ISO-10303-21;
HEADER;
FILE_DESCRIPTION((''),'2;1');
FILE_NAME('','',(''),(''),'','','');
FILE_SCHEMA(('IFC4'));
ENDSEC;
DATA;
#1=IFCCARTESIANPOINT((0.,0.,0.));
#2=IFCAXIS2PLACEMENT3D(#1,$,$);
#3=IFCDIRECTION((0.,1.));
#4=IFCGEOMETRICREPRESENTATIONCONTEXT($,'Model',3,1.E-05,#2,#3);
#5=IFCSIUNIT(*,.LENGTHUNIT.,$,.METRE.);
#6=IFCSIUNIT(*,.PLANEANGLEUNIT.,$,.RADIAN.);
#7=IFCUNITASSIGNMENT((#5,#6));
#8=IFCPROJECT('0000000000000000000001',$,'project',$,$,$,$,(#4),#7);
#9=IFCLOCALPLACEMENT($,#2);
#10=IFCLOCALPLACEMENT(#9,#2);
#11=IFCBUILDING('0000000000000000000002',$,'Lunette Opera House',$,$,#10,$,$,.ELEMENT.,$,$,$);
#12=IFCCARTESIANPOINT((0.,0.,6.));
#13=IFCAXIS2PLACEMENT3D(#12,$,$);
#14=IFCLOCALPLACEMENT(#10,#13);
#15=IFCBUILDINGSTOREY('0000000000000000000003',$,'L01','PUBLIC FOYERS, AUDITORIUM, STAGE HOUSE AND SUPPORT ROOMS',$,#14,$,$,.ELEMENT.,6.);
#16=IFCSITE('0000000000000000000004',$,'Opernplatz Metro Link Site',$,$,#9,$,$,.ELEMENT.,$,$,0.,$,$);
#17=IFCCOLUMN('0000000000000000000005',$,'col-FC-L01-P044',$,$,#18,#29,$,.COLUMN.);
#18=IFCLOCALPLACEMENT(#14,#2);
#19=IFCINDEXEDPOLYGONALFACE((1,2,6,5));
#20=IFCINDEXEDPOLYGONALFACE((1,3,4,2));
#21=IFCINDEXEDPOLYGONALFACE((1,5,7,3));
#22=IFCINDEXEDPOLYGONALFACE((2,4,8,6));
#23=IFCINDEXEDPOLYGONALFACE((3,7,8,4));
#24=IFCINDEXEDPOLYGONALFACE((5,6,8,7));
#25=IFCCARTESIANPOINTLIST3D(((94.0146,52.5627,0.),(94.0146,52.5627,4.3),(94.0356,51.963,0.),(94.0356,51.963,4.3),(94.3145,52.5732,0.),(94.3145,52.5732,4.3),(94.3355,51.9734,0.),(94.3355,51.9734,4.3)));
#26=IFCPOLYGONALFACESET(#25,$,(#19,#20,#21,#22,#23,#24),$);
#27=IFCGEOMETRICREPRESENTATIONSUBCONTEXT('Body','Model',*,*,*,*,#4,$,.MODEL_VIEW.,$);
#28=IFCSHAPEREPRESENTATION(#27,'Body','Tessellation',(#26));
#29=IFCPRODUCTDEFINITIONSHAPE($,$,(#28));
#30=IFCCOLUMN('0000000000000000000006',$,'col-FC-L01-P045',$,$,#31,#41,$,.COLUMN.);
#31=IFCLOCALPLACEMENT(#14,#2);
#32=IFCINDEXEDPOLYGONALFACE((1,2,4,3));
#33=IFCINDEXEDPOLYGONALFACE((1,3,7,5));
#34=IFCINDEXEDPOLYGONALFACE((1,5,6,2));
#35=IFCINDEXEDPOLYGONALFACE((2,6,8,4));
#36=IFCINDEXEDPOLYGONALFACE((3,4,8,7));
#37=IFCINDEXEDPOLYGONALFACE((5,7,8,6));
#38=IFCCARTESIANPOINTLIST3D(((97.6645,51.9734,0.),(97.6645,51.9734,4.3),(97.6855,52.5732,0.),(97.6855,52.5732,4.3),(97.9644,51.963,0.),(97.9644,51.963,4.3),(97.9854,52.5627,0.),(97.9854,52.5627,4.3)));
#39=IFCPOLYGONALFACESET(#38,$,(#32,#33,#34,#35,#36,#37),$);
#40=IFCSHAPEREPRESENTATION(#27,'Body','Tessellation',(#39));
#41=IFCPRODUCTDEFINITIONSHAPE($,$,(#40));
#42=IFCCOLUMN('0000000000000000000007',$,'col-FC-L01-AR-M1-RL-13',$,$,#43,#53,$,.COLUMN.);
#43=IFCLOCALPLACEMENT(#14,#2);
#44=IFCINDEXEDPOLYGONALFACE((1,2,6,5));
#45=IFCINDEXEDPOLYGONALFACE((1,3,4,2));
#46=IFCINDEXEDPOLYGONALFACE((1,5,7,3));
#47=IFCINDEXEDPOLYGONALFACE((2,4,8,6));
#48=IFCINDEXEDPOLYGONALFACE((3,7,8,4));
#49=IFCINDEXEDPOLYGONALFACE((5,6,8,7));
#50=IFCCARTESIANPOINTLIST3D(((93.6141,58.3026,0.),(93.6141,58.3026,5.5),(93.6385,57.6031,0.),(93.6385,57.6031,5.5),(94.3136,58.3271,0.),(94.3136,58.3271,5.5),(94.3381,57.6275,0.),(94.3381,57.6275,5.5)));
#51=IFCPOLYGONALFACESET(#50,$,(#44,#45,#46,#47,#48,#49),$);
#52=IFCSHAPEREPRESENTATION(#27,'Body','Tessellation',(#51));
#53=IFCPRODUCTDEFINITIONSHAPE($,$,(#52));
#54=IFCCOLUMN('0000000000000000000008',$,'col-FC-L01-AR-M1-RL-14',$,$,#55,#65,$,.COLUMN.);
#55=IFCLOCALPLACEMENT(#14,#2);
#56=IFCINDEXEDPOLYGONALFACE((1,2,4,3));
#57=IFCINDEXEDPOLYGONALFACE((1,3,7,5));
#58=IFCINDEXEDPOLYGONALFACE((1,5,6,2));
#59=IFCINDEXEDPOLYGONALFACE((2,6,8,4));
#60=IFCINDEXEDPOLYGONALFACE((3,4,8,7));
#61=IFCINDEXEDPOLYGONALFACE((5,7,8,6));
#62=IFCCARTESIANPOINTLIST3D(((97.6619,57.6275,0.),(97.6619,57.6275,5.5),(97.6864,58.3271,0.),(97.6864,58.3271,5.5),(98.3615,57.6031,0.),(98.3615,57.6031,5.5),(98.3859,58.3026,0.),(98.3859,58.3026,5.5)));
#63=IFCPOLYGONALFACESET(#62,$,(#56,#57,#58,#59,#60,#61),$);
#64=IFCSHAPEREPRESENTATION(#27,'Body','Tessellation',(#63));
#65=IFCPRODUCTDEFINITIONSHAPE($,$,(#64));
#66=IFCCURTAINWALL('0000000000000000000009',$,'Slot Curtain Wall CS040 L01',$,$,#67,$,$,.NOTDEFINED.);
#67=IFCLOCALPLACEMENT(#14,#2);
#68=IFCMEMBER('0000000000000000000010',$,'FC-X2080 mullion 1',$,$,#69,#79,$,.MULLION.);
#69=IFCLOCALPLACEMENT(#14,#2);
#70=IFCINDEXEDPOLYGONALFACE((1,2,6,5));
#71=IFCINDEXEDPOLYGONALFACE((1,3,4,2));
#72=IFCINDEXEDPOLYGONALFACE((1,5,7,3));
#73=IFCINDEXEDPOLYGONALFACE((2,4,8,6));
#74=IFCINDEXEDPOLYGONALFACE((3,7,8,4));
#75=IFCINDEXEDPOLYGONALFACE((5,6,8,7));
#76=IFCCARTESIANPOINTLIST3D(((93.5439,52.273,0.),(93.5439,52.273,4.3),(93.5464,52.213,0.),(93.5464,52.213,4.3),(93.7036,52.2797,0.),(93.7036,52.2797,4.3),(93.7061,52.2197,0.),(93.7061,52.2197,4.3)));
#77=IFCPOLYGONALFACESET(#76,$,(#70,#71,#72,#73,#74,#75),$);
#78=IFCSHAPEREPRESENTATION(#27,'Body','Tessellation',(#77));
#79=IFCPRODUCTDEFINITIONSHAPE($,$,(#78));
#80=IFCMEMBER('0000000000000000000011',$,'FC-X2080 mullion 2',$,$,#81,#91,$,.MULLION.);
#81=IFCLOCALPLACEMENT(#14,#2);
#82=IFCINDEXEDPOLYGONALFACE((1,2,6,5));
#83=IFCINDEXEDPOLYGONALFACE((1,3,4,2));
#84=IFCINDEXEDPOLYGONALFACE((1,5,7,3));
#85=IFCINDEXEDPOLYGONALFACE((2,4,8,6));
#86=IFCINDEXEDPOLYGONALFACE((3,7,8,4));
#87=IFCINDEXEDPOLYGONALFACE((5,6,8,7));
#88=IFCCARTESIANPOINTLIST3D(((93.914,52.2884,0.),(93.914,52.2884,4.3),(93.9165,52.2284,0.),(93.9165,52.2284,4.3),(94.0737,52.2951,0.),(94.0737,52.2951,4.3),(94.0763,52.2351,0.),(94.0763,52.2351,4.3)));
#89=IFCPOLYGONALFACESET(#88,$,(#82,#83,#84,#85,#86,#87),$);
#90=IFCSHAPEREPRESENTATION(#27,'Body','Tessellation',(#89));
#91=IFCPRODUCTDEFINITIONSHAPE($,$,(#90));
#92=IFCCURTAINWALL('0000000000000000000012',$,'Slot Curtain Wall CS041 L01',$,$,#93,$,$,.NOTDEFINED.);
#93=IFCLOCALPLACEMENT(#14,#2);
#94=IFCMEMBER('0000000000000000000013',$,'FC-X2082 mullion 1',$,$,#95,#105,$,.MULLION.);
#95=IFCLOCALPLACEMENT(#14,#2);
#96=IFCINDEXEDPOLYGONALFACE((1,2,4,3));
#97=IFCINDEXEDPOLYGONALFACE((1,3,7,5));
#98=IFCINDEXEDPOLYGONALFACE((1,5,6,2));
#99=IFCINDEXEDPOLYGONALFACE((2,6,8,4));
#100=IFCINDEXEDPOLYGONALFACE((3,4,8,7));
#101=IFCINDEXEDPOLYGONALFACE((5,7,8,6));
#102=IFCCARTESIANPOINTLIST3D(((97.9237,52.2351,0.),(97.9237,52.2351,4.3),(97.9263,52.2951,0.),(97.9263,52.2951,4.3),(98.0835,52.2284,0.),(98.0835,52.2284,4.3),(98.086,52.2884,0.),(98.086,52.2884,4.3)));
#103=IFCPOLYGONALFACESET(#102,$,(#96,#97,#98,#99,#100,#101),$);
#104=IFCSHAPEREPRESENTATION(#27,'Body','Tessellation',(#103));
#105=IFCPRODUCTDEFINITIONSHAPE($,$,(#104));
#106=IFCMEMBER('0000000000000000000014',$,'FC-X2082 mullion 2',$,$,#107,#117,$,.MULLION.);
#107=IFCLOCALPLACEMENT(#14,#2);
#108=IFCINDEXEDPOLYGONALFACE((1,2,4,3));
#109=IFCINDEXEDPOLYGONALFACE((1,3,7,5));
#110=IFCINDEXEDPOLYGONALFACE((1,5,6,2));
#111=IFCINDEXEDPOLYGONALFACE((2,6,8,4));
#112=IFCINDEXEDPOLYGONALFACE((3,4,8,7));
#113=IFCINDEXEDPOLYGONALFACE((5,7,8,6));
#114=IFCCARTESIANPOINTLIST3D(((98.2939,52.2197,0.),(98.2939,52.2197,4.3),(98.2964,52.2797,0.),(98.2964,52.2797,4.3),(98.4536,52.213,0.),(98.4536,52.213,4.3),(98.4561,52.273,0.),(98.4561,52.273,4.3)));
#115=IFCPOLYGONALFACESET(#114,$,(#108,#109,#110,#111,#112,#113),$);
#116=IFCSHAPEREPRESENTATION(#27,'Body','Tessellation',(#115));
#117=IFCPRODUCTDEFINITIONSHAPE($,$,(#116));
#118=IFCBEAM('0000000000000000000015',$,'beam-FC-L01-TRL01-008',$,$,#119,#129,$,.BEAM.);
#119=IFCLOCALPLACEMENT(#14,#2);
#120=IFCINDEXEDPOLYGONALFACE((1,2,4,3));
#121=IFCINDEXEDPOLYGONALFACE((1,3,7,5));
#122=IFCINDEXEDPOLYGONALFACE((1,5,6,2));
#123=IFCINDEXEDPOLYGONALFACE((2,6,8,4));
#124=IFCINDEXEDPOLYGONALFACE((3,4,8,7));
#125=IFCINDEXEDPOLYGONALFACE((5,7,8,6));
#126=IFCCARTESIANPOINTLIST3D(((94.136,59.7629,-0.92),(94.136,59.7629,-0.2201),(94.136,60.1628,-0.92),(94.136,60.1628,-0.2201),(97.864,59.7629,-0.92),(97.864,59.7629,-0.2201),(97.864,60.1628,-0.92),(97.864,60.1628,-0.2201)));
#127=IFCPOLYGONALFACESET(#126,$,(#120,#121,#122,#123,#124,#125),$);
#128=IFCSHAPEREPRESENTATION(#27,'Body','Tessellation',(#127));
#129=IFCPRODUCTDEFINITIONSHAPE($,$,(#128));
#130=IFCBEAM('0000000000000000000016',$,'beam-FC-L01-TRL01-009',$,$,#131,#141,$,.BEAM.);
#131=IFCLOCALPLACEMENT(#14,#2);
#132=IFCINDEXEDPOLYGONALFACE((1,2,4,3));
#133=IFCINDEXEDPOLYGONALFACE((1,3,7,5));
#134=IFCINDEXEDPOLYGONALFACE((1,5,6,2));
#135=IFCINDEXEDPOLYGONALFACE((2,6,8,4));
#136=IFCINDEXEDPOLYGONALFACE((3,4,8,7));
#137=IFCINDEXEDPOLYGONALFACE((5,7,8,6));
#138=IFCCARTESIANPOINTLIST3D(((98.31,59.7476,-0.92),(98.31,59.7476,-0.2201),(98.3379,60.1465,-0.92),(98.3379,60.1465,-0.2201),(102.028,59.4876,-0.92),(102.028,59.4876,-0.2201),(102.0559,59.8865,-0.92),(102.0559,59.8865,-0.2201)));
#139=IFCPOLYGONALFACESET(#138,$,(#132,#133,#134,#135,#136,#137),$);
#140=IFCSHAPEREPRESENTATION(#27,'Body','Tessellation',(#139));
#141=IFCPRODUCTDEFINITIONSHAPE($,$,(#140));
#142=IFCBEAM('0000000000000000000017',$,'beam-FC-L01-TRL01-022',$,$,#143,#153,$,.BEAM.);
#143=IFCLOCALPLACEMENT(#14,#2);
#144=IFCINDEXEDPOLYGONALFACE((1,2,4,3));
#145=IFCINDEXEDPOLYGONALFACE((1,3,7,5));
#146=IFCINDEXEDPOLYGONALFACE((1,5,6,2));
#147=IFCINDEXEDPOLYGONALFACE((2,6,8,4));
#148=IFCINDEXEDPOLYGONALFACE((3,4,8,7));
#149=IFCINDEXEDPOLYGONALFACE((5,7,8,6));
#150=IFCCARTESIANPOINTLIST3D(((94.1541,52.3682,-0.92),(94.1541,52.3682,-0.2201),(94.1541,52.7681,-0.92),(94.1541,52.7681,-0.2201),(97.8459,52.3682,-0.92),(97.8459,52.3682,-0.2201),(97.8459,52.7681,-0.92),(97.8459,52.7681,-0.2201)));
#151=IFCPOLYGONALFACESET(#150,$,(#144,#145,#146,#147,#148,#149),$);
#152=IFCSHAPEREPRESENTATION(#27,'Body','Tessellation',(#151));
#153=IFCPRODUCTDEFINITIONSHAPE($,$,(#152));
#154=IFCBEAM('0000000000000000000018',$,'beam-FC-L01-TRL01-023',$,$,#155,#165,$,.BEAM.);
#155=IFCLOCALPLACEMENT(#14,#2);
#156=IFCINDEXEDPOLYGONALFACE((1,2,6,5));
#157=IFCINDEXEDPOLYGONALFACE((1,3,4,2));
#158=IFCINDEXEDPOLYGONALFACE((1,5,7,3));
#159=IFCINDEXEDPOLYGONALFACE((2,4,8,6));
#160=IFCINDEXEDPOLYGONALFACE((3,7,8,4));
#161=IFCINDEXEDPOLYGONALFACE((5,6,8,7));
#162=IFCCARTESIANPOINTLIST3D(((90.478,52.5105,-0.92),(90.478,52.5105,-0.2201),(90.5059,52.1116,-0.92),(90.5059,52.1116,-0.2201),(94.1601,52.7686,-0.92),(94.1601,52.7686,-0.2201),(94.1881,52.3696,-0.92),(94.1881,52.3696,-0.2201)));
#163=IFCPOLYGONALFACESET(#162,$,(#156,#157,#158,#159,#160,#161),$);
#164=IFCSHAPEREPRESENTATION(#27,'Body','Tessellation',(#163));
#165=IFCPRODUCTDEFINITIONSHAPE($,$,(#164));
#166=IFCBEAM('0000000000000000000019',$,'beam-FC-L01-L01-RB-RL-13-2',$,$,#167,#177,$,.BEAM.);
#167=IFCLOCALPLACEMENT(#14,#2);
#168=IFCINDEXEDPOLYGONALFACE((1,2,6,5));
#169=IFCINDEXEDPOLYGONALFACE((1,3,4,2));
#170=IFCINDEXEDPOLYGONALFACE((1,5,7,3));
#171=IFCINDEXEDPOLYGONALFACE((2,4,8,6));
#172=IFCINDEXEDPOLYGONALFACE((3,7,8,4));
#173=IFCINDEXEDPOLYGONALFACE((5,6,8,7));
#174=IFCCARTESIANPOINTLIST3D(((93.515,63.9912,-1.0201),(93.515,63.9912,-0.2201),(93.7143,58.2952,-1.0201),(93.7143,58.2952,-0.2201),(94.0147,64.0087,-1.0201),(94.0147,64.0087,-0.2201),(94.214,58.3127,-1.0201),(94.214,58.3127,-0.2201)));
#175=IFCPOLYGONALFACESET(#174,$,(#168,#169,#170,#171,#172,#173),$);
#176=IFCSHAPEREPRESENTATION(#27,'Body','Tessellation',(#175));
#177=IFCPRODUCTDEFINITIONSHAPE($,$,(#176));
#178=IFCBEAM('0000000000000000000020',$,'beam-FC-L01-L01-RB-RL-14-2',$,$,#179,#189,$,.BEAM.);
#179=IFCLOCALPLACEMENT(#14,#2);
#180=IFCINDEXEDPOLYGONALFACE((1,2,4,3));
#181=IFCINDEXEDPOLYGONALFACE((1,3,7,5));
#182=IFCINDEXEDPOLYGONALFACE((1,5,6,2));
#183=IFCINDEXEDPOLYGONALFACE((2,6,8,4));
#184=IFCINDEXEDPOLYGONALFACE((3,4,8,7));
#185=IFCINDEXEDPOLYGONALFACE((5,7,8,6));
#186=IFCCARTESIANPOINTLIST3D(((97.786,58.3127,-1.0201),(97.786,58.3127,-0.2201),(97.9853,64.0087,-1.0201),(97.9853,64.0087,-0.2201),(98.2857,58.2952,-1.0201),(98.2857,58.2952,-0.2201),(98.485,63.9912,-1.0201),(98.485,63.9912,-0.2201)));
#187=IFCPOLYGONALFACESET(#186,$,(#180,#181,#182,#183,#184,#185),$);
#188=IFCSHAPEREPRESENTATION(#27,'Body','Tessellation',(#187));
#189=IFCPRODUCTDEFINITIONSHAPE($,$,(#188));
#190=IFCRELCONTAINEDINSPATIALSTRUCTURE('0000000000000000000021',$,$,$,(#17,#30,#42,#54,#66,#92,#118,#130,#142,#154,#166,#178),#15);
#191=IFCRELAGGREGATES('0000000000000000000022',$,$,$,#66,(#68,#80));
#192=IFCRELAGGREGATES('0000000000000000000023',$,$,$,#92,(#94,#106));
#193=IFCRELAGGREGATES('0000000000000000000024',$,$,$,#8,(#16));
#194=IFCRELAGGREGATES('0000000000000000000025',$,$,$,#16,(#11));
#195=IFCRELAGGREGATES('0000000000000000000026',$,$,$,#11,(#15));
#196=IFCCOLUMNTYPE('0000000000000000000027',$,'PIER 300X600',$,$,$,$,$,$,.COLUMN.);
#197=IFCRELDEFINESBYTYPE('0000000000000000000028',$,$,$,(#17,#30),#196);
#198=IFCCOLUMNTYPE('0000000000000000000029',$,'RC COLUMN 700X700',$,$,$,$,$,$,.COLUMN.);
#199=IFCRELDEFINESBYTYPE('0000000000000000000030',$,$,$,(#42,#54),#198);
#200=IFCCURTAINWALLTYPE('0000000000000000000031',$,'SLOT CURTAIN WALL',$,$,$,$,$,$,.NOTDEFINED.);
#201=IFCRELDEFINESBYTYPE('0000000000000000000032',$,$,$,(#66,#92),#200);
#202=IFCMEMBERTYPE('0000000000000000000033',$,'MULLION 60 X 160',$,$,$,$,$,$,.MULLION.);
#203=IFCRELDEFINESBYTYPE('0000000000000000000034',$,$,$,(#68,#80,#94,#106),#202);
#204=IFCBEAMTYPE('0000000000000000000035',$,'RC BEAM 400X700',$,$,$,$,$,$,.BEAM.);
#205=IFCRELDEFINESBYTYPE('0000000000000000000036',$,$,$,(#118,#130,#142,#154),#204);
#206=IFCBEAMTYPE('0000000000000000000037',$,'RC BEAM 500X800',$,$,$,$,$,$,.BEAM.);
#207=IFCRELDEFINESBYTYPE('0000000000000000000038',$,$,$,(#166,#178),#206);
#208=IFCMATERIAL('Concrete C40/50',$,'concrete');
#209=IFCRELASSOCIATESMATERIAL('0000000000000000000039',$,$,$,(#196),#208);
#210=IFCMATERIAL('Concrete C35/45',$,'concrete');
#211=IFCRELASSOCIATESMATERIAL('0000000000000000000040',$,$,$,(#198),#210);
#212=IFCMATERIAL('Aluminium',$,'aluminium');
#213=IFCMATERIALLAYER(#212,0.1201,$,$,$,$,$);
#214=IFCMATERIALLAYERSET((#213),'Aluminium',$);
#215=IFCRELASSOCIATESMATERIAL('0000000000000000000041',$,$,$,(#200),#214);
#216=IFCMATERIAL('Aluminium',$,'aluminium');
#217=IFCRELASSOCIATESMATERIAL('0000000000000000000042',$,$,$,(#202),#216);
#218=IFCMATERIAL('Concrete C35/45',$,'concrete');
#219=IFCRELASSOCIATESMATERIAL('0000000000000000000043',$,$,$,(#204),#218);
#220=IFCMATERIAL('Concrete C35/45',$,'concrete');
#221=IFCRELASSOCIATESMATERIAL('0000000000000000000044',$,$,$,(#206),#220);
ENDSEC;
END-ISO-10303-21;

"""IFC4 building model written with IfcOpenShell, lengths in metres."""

from ifc_helpers import new_model, si_unit, direction, frame, origin, origin_2d, place, context, subcontext, project, spatial, rectangle, extrude, material, layer, layer_set, material_profile, profile_set, type_object, element, aggregate, save


model = new_model("IFC4")

# Units and contexts
model_context = context("Model", 3, precision=1e-05, world=origin(), true_north=direction((0.0, 1.0)))
body_context = subcontext(model_context, "Body", "Model", "MODEL_VIEW")
ifc_project = project(units=[si_unit("LENGTHUNIT", "METRE"), si_unit("PLANEANGLEUNIT", "RADIAN")], contexts=[model_context])

# Site, building, storey
site_placement = place(None, origin())
site = spatial("IfcSite", under=ifc_project, at=site_placement, Name="Opernplatz Metro Link Site", CompositionType="ELEMENT", RefElevation=0.0)
building_placement = place(site_placement, origin())
building = spatial("IfcBuilding", under=site, at=building_placement, Name="Lunette Opera House", CompositionType="ELEMENT")
storey_placement = place(building_placement, frame((0.0, 0.0, 6.0)))
storey = spatial("IfcBuildingStorey", under=building, at=storey_placement, Name="L01", Description="PUBLIC FOYERS, AUDITORIUM, STAGE HOUSE AND SUPPORT ROOMS", CompositionType="ELEMENT", Elevation=6.0)

# Columns
ifc_material_1 = material(Name="Concrete C40/50", Category="concrete")
ifc_material_profile_1 = material_profile(ifc_material_1, rectangle(XDim=0.3, YDim=0.6001, at=origin_2d()), Name="PIER 300X600")
ifc_profile_set_1 = profile_set([ifc_material_profile_1], Name="Concrete C40/50")
column_type_1 = type_object("IfcColumnType", Name="PIER 300X600", PredefinedType="COLUMN", material=ifc_profile_set_1)
for number, where, z_axis, x_axis, name in (
    (1, (94.175, 52.2681, 0.0), (0.0, 0.0, 1.0), (0.999391, 0.034899, 0.0), "col-FC-L01-P044"),
    (2, (97.825, 52.2681, 0.0), (0.0, 0.0, 1.0), (0.999391, -0.034899, 0.0), "col-FC-L01-P045"),
):
    element("IfcColumn", number, at=place(storey_placement, frame(where, z_axis=z_axis, x_axis=x_axis)), inside=storey, type_object=column_type_1, Name=name, PredefinedType="COLUMN", context=body_context, shape_type="SweptSolid", body=[
        extrude(rectangle(XDim=0.3, YDim=0.6001, at=origin_2d()), origin(), (0.0, 0.0, 1.0), 4.3),
    ])
ifc_material_2 = material(Name="Concrete C35/45", Category="concrete")
ifc_material_profile_2 = material_profile(ifc_material_2, rectangle(XDim=0.7, YDim=0.7, at=origin_2d()), Name="RC COLUMN 700X700")
ifc_profile_set_2 = profile_set([ifc_material_profile_2], Name="Concrete C35/45")
column_type_2 = type_object("IfcColumnType", Name="RC COLUMN 700X700", PredefinedType="COLUMN", material=ifc_profile_set_2)
for number, where, z_axis, x_axis, name in (
    (3, (93.9761, 57.9651, 0.0), (0.0, 0.0, 1.0), (0.999391, 0.034899, 0.0), "col-FC-L01-AR-M1-RL-13"),
    (4, (98.0239, 57.9651, 0.0), (0.0, 0.0, 1.0), (0.999391, -0.034899, 0.0), "col-FC-L01-AR-M1-RL-14"),
):
    element("IfcColumn", number, at=place(storey_placement, frame(where, z_axis=z_axis, x_axis=x_axis)), inside=storey, type_object=column_type_2, Name=name, PredefinedType="COLUMN", context=body_context, shape_type="SweptSolid", body=[
        extrude(rectangle(XDim=0.7, YDim=0.7, at=origin_2d()), origin(), (0.0, 0.0, 1.0), 5.5),
    ])

# Curtain walls, members
ifc_material_3 = material(Name="Aluminium", Category="aluminium")
ifc_layer_1 = layer(ifc_material_3, 0.1201)
ifc_layer_set_1 = layer_set([ifc_layer_1], Name="Aluminium")
curtain_wall_type = type_object("IfcCurtainWallType", Name="SLOT CURTAIN WALL", PredefinedType="NOTDEFINED", material=ifc_layer_set_1)
curtain_wall_1_placement = place(storey_placement, origin())
curtain_wall_1 = element("IfcCurtainWall", 5, at=curtain_wall_1_placement, inside=storey, type_object=curtain_wall_type, Name="Slot Curtain Wall CS040 L01", PredefinedType="NOTDEFINED")
ifc_material_4 = material(Name="Aluminium", Category="aluminium")
ifc_material_profile_3 = material_profile(ifc_material_4, rectangle(XDim=0.0601, YDim=0.1599, at=origin_2d()), Name="MULLION 60 X 160")
ifc_profile_set_3 = profile_set([ifc_material_profile_3], Name="Aluminium")
member_type_1 = type_object("IfcMemberType", Name="MULLION 60 X 160", PredefinedType="MULLION", material=ifc_profile_set_3)
member_1_placement = place(storey_placement, frame((93.625, 52.2463, 0.0), z_axis=(0.0, 0.0, 1.0), x_axis=(-0.041824, 0.999125, 0.0)))
member_1 = element("IfcMember", 6, at=member_1_placement, type_object=member_type_1, Name="FC-X2080 mullion 1", PredefinedType="MULLION", context=body_context, shape_type="SweptSolid", body=[
    extrude(rectangle(XDim=0.0601, YDim=0.1599, at=origin_2d()), origin(), (0.0, 0.0, 1.0), 4.3),
])
member_2_placement = place(storey_placement, frame((93.9951, 52.2617, 0.0), z_axis=(0.0, 0.0, 1.0), x_axis=(-0.041824, 0.999125, 0.0)))
member_2 = element("IfcMember", 7, at=member_2_placement, type_object=member_type_1, Name="FC-X2080 mullion 2", PredefinedType="MULLION", context=body_context, shape_type="SweptSolid", body=[
    extrude(rectangle(XDim=0.0601, YDim=0.1599, at=origin_2d()), origin(), (0.0, 0.0, 1.0), 4.3),
])
curtain_wall_2_placement = place(storey_placement, origin())
curtain_wall_2 = element("IfcCurtainWall", 8, at=curtain_wall_2_placement, inside=storey, type_object=curtain_wall_type, Name="Slot Curtain Wall CS041 L01", PredefinedType="NOTDEFINED")
member_3_placement = place(storey_placement, frame((98.0049, 52.2617, 0.0), z_axis=(0.0, 0.0, 1.0), x_axis=(0.041824, 0.999125, 0.0)))
member_3 = element("IfcMember", 9, at=member_3_placement, type_object=member_type_1, Name="FC-X2082 mullion 1", PredefinedType="MULLION", context=body_context, shape_type="SweptSolid", body=[
    extrude(rectangle(XDim=0.0601, YDim=0.1599, at=origin_2d()), origin(), (0.0, 0.0, 1.0), 4.3),
])
member_4_placement = place(storey_placement, frame((98.375, 52.2463, 0.0), z_axis=(0.0, 0.0, 1.0), x_axis=(0.041824, 0.999125, 0.0)))
member_4 = element("IfcMember", 10, at=member_4_placement, type_object=member_type_1, Name="FC-X2082 mullion 2", PredefinedType="MULLION", context=body_context, shape_type="SweptSolid", body=[
    extrude(rectangle(XDim=0.0601, YDim=0.1599, at=origin_2d()), origin(), (0.0, 0.0, 1.0), 4.3),
])

# Beams
ifc_material_5 = material(Name="Concrete C35/45", Category="concrete")
ifc_material_profile_4 = material_profile(ifc_material_5, rectangle(XDim=0.3999, YDim=0.7, at=origin_2d()), Name="RC BEAM 400X700")
ifc_profile_set_4 = profile_set([ifc_material_profile_4], Name="Concrete C35/45")
beam_type_1 = type_object("IfcBeamType", Name="RC BEAM 400X700", PredefinedType="BEAM", material=ifc_profile_set_4)
beam_1_placement = place(storey_placement, frame((94.136, 59.9629, -0.5701), z_axis=(1.0, 0.0, 0.0), x_axis=(0.0, 1.0, 0.0)))
element("IfcBeam", 11, at=beam_1_placement, inside=storey, type_object=beam_type_1, Name="beam-FC-L01-TRL01-008", PredefinedType="BEAM", context=body_context, shape_type="SweptSolid", body=[
    extrude(rectangle(XDim=0.3999, YDim=0.7, at=origin_2d()), origin(), (0.0, 0.0, 1.0), 3.728),
])
beam_2_placement = place(storey_placement, frame((98.324, 59.947, -0.5701), z_axis=(0.997564, -0.069762, 0.0), x_axis=(0.069762, 0.997564, 0.0)))
element("IfcBeam", 12, at=beam_2_placement, inside=storey, type_object=beam_type_1, Name="beam-FC-L01-TRL01-009", PredefinedType="BEAM", context=body_context, shape_type="SweptSolid", body=[
    extrude(rectangle(XDim=0.3999, YDim=0.7, at=origin_2d()), origin(), (0.0, 0.0, 1.0), 3.7271),
])
beam_3_placement = place(storey_placement, frame((97.8459, 52.5681, -0.5701), z_axis=(-1.0, 0.0, 0.0), x_axis=(0.0, -1.0, 0.0)))
element("IfcBeam", 13, at=beam_3_placement, inside=storey, type_object=beam_type_1, Name="beam-FC-L01-TRL01-022", PredefinedType="BEAM", context=body_context, shape_type="SweptSolid", body=[
    extrude(rectangle(XDim=0.3999, YDim=0.7, at=origin_2d()), origin(), (0.0, 0.0, 1.0), 3.6919),
])
beam_4_placement = place(storey_placement, frame((94.1741, 52.5691, -0.5701), z_axis=(-0.997553, -0.069912, 0.0), x_axis=(0.069912, -0.997553, 0.0)))
element("IfcBeam", 14, at=beam_4_placement, inside=storey, type_object=beam_type_1, Name="beam-FC-L01-TRL01-023", PredefinedType="BEAM", context=body_context, shape_type="SweptSolid", body=[
    extrude(rectangle(XDim=0.3999, YDim=0.7, at=origin_2d()), origin(), (0.0, 0.0, 1.0), 3.6912),
])
ifc_material_6 = material(Name="Concrete C35/45", Category="concrete")
ifc_material_profile_5 = material_profile(ifc_material_6, rectangle(XDim=0.5, YDim=0.8, at=origin_2d()), Name="RC BEAM 500X800")
ifc_profile_set_5 = profile_set([ifc_material_profile_5], Name="Concrete C35/45")
beam_type_2 = type_object("IfcBeamType", Name="RC BEAM 500X800", PredefinedType="BEAM", material=ifc_profile_set_5)
for number, where, z_axis, x_axis, name in (
    (15, (93.9641, 58.304, -0.6201), (-0.034954, 0.999389, 0.0), (-0.999389, -0.034954, 0.0), "beam-FC-L01-L01-RB-RL-13-2"),
    (16, (98.0359, 58.304, -0.6201), (0.034954, 0.999389, 0.0), (-0.999389, 0.034954, 0.0), "beam-FC-L01-L01-RB-RL-14-2"),
):
    element("IfcBeam", number, at=place(storey_placement, frame(where, z_axis=z_axis, x_axis=x_axis)), inside=storey, type_object=beam_type_2, Name=name, PredefinedType="BEAM", context=body_context, shape_type="SweptSolid", body=[
        extrude(rectangle(XDim=0.5, YDim=0.8, at=origin_2d()), origin(), (0.0, 0.0, 1.0), 5.6995),
    ])

aggregate(curtain_wall_1, [member_1, member_2])
aggregate(curtain_wall_2, [member_3, member_4])

save(model, "model.ifc")
